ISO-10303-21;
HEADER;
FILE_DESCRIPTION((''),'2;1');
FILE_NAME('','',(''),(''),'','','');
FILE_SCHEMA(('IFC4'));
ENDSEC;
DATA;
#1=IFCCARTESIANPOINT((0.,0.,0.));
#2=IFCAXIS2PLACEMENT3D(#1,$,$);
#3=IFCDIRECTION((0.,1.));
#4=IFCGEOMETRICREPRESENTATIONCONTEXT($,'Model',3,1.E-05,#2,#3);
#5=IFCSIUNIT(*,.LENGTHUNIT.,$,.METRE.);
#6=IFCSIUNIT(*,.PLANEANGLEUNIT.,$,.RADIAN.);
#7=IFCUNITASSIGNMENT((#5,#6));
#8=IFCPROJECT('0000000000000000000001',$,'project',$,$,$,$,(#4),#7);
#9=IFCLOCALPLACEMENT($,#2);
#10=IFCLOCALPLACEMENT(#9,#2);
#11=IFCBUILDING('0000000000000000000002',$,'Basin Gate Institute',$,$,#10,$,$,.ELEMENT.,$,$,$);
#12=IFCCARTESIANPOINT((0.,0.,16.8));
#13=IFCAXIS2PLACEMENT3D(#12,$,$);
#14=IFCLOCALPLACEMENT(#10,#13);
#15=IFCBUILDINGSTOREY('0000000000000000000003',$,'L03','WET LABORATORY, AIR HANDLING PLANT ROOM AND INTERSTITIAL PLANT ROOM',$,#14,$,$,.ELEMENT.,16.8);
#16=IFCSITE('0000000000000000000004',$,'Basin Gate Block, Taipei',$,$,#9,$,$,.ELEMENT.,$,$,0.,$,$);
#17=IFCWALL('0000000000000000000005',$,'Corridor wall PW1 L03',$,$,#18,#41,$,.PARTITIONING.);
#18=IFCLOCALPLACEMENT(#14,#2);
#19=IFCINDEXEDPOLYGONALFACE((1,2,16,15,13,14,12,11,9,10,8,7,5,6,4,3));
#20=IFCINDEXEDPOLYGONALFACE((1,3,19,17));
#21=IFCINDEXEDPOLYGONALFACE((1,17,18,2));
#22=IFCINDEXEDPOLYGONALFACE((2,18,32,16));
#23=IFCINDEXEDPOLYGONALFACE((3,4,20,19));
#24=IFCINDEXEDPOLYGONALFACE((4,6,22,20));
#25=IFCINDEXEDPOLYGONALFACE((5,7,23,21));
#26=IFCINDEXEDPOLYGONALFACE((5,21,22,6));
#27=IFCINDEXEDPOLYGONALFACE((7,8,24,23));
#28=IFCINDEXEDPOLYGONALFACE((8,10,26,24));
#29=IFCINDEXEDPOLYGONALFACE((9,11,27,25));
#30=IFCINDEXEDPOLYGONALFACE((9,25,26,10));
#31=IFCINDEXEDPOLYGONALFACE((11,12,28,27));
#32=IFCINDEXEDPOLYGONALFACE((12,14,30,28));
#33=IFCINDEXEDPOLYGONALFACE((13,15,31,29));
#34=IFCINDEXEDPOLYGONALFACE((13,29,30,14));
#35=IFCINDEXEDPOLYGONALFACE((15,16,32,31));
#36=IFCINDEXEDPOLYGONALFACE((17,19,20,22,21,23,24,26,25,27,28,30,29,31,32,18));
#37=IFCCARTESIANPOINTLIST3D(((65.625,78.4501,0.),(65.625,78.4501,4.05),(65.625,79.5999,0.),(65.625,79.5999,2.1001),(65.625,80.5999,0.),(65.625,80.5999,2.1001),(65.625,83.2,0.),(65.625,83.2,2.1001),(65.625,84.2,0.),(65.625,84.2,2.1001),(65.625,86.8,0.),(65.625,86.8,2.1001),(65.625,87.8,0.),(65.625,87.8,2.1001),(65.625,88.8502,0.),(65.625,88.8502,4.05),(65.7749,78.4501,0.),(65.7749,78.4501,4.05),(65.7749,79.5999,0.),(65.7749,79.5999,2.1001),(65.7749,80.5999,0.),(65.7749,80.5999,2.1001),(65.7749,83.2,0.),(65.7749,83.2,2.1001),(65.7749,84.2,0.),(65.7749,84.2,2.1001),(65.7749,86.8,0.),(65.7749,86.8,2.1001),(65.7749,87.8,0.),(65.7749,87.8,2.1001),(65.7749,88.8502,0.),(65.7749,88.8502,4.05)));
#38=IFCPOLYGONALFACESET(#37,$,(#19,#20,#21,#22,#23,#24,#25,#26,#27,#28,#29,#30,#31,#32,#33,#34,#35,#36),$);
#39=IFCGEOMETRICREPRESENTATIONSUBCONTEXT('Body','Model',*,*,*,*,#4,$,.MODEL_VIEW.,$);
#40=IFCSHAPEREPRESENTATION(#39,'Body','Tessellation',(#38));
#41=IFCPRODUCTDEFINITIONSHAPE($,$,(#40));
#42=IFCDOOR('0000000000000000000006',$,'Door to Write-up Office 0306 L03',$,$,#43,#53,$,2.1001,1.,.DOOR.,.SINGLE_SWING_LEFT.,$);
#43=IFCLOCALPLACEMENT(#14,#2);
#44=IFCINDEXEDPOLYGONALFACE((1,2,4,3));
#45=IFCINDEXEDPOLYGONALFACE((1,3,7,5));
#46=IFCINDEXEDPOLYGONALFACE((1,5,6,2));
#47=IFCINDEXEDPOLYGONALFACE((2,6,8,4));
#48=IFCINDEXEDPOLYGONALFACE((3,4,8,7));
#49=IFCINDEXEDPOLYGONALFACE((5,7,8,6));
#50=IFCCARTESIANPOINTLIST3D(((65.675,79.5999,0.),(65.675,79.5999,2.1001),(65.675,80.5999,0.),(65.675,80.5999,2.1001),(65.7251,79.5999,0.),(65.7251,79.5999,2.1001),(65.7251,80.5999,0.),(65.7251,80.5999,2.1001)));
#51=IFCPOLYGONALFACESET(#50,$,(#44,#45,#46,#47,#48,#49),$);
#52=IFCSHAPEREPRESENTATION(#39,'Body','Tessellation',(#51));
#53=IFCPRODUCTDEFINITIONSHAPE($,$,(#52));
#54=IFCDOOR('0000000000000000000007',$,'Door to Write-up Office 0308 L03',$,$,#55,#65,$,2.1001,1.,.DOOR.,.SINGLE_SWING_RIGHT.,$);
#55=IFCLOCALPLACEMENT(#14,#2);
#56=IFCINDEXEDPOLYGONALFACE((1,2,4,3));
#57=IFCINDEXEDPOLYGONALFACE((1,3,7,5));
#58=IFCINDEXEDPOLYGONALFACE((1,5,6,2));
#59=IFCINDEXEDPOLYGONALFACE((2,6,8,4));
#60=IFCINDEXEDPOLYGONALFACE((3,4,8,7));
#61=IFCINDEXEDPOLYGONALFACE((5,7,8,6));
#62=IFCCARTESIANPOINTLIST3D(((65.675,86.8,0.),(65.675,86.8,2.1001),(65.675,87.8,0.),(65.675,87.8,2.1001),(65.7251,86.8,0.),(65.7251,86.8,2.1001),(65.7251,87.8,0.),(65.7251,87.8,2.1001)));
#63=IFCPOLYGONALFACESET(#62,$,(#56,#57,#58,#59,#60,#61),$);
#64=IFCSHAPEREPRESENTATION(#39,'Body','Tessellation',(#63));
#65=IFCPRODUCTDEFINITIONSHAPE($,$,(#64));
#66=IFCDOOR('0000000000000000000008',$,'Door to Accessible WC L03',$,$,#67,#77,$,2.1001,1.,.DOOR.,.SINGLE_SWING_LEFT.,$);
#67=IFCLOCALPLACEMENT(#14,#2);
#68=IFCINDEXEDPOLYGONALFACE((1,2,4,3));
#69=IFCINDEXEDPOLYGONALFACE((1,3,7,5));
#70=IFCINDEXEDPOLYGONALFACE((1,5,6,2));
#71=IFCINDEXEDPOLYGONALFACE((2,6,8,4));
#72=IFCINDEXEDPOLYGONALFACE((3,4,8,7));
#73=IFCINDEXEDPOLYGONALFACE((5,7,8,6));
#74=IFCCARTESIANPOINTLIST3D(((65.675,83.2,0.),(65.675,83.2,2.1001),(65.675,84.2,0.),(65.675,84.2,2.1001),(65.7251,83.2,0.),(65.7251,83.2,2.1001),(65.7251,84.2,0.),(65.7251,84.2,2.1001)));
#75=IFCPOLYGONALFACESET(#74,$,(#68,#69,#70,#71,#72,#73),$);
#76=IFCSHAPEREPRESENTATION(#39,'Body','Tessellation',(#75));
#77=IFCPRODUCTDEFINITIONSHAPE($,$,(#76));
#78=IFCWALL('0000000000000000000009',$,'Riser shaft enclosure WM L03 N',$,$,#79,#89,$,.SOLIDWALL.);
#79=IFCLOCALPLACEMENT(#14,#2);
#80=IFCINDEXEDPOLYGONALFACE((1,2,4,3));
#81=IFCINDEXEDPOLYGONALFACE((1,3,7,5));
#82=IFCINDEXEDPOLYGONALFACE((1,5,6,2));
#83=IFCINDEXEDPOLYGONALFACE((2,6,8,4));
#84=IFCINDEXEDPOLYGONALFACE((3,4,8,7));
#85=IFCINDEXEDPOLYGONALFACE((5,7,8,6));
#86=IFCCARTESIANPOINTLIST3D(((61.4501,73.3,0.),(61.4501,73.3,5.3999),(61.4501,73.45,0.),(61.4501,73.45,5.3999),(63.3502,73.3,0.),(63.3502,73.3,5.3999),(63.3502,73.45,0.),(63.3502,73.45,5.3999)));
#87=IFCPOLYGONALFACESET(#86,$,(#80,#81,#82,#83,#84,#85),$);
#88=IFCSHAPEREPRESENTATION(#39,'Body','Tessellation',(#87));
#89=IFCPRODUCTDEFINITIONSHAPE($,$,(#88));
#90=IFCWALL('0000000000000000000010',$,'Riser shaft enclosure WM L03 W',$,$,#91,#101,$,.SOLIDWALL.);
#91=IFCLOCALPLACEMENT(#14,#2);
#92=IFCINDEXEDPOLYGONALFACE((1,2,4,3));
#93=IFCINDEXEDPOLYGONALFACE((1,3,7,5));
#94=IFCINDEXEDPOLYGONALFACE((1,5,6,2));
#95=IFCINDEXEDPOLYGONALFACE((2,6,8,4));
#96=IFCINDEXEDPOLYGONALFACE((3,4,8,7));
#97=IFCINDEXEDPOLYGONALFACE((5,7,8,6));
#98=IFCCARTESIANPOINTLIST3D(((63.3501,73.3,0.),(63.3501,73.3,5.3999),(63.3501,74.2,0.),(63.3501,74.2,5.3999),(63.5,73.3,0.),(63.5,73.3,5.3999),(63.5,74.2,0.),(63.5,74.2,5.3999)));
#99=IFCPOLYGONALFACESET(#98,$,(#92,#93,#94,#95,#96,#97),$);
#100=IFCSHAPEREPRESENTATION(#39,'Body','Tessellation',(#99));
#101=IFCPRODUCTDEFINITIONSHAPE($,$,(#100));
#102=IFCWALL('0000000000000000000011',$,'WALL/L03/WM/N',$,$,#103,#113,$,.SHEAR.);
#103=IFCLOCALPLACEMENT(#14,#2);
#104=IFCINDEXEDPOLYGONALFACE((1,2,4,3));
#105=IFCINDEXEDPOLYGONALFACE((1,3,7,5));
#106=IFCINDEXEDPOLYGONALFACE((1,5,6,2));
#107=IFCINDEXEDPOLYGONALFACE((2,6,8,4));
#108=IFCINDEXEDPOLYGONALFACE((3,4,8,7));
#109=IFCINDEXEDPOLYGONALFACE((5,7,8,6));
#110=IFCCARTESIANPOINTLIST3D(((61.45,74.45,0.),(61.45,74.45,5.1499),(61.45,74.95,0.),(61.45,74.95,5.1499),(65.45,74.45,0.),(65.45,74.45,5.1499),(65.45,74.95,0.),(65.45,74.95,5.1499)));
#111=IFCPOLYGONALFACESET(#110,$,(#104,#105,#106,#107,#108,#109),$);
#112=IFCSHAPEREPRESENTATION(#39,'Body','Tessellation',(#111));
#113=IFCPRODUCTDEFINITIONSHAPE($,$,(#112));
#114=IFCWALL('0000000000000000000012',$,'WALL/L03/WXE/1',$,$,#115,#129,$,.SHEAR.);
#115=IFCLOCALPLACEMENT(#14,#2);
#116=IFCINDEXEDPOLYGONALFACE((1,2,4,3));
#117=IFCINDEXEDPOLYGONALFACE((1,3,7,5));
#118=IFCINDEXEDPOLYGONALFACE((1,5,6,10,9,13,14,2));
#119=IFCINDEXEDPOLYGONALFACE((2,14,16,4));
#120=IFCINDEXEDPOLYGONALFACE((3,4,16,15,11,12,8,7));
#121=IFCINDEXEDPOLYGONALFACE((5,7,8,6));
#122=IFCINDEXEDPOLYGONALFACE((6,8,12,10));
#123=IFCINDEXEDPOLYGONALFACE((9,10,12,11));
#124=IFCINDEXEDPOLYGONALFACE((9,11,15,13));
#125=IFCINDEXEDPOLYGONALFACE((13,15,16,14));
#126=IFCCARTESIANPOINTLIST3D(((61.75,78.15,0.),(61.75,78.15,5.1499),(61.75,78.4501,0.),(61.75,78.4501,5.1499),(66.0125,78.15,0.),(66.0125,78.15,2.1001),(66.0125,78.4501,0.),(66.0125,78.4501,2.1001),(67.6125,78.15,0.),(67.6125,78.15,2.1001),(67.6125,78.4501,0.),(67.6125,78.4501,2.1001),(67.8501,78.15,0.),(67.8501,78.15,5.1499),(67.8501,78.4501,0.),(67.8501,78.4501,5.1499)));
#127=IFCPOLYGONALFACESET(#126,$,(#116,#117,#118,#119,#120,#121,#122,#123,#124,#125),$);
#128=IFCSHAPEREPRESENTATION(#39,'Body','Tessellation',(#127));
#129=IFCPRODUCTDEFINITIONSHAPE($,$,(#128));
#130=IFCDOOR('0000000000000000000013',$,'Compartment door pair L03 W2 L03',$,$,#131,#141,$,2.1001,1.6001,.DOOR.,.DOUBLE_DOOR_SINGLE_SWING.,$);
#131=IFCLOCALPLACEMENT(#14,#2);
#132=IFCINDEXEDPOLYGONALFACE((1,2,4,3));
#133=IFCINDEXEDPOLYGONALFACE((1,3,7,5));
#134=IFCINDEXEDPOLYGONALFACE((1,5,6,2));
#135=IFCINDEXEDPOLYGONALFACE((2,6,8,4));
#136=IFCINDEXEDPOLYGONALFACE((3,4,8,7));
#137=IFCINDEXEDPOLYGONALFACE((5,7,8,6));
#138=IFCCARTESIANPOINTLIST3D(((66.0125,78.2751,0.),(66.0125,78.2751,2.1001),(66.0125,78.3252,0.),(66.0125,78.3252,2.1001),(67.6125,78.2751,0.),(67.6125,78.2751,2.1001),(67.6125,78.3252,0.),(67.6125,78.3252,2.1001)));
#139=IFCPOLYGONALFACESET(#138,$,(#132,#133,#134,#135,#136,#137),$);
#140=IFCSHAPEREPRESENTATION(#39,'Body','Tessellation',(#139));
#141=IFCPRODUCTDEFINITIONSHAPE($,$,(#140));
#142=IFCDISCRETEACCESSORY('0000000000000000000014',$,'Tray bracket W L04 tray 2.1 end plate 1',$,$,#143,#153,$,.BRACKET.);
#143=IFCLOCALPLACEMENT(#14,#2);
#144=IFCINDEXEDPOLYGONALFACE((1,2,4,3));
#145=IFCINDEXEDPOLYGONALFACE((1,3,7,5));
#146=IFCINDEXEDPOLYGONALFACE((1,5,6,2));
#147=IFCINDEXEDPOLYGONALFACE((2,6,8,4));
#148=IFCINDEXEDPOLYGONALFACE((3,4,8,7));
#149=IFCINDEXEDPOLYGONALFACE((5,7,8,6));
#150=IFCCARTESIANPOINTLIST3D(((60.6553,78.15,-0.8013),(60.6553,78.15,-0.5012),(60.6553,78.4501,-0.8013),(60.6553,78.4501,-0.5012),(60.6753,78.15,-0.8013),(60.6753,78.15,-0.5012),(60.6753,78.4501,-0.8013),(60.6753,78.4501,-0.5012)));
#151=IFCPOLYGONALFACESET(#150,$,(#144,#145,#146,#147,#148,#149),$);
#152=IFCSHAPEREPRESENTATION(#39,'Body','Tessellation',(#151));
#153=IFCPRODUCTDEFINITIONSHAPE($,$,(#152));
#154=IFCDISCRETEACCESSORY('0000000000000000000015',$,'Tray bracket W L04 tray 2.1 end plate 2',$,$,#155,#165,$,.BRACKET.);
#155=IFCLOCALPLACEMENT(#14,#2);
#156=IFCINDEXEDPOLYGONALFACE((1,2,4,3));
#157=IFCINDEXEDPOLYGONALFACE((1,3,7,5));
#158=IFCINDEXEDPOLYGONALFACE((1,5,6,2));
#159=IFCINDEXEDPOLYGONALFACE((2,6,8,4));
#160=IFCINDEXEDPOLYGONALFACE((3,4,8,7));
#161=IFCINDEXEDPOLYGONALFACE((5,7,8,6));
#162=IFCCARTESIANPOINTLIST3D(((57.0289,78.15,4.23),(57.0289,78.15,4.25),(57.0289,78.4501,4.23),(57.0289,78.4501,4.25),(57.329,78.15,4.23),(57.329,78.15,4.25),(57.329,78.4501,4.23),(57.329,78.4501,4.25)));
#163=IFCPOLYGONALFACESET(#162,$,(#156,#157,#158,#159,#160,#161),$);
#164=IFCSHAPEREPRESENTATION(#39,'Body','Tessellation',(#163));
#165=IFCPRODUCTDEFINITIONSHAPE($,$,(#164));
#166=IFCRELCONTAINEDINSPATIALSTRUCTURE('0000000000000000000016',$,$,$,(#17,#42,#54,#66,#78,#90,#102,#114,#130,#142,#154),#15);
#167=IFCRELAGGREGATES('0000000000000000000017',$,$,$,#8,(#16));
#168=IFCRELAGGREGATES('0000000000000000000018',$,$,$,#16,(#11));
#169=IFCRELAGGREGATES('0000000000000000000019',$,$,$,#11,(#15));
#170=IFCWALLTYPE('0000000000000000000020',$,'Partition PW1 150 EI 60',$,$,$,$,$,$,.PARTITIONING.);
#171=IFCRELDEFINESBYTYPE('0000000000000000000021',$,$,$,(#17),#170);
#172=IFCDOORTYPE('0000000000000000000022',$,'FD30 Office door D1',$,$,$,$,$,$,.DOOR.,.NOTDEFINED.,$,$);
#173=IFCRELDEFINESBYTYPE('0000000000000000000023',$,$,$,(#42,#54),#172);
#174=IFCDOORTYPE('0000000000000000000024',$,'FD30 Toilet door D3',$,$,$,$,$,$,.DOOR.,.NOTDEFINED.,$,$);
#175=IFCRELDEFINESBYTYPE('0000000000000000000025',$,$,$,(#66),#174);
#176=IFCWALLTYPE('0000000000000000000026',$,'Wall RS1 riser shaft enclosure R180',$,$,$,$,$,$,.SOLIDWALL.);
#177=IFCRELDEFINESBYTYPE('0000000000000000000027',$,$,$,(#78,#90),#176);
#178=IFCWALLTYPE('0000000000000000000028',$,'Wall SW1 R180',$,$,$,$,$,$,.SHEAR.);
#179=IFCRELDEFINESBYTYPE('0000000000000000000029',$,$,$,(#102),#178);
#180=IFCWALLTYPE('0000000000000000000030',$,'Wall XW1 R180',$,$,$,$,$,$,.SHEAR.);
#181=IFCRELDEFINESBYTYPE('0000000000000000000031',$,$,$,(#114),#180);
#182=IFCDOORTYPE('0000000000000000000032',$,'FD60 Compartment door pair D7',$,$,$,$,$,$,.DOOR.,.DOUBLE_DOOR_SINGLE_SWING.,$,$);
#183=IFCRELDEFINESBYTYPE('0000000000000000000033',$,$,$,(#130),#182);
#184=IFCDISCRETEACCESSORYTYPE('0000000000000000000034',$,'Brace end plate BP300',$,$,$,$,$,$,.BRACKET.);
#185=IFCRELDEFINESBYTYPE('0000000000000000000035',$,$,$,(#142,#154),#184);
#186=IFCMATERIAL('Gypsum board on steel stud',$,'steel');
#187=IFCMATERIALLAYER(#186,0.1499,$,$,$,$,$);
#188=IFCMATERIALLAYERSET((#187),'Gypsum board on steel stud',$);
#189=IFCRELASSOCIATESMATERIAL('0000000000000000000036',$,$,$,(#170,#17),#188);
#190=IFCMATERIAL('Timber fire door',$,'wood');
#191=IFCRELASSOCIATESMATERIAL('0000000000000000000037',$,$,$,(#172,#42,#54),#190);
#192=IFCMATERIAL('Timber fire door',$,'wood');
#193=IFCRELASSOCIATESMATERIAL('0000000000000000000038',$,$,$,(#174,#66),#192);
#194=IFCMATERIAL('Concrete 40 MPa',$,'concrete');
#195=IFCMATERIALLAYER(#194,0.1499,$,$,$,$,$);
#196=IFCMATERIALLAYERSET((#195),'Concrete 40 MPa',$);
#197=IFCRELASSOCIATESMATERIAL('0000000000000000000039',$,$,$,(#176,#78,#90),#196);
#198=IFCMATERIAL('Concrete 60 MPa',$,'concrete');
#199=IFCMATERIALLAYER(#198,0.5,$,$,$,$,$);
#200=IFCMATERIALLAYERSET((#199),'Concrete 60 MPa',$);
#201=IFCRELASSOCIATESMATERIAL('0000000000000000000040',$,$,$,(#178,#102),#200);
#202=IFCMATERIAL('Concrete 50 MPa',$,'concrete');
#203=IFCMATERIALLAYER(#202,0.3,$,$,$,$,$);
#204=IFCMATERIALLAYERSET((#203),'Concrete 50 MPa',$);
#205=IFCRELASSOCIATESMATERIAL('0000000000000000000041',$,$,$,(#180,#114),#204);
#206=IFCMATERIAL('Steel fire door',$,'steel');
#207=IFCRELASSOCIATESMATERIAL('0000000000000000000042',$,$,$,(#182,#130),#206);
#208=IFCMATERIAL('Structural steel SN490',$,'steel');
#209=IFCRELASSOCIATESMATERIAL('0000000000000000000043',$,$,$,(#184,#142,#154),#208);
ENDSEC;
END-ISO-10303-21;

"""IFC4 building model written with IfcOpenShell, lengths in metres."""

from ifc_helpers import new_model, si_unit, direction, frame, frame_2d, origin, origin_2d, place, context, subcontext, project, spatial, rectangle, extrude, material, layer, layer_set, type_object, element, fill, save


model = new_model("IFC4")

# Units and contexts
model_context = context("Model", 3, precision=1e-05, world=origin(), true_north=direction((0.0, 1.0)))
body_context = subcontext(model_context, "Body", "Model", "MODEL_VIEW")
ifc_project = project(units=[si_unit("LENGTHUNIT", "METRE"), si_unit("PLANEANGLEUNIT", "RADIAN")], contexts=[model_context])

# Site, building, storey
site_placement = place(None, origin())
site = spatial("IfcSite", under=ifc_project, at=site_placement, Name="Basin Gate Block, Taipei", CompositionType="ELEMENT", RefElevation=0.0)
building_placement = place(site_placement, origin())
building = spatial("IfcBuilding", under=site, at=building_placement, Name="Basin Gate Institute", CompositionType="ELEMENT")
storey_placement = place(building_placement, frame((0.0, 0.0, 16.8)))
storey = spatial("IfcBuildingStorey", under=building, at=storey_placement, Name="L03", Description="WET LABORATORY, AIR HANDLING PLANT ROOM AND INTERSTITIAL PLANT ROOM", CompositionType="ELEMENT", Elevation=16.8)

# Shared definitions
ifc_material_1 = material(Name="Gypsum board on steel stud", Category="steel")
ifc_layer_1 = layer(ifc_material_1, 0.1499)
ifc_layer_set_1 = layer_set([ifc_layer_1], Name="Gypsum board on steel stud")
wall_type_1 = type_object("IfcWallType", Name="Partition PW1 150 EI 60", PredefinedType="PARTITIONING", material=ifc_layer_set_1)
ifc_material_2 = material(Name="Timber fire door", Category="wood")
door_type_1 = type_object("IfcDoorType", Name="FD30 Office door D1", OperationType="NOTDEFINED", PredefinedType="DOOR", material=ifc_material_2)

# Wall, openings, doors
wall_1_placement = place(storey_placement, frame((65.7, 78.45, 0.0), z_axis=(0.0, 0.0, 1.0), x_axis=(0.0, 1.0, 0.0)))
wall_1 = element("IfcWall", 1, at=wall_1_placement, inside=storey, type_object=wall_type_1, material=ifc_layer_set_1, Name="Corridor wall PW1 L03", PredefinedType="PARTITIONING", context=body_context, shape_type="SweptSolid", body=[
    extrude(rectangle(XDim=10.4001, YDim=0.1499, at=frame_2d((5.2002, 0.0))), origin(), (0.0, 0.0, 1.0), 4.05),
])
opening_1_placement = place(wall_1_placement, frame((4.75, 0.0, 0.0)))
opening_1 = element("IfcOpeningElement", 2, at=opening_1_placement, cuts=wall_1, PredefinedType="OPENING", context=body_context, shape_type="SweptSolid", body=[
    extrude(rectangle(XDim=1.0, YDim=2.1001, at=frame_2d((0.5, 1.05))), frame((0.0, 0.085, 0.0), z_axis=(0.0, -1.0, 0.0), x_axis=(1.0, 0.0, 0.0)), (0.0, 0.0, 1.0), 0.1699),
])
opening_2_placement = place(wall_1_placement, frame((1.1499, 0.0, 0.0)))
opening_2 = element("IfcOpeningElement", 3, at=opening_2_placement, cuts=wall_1, PredefinedType="OPENING", context=body_context, shape_type="SweptSolid", body=[
    extrude(rectangle(XDim=1.0, YDim=2.1001, at=frame_2d((0.5, 1.05))), frame((0.0, 0.085, 0.0), z_axis=(0.0, -1.0, 0.0), x_axis=(1.0, 0.0, 0.0)), (0.0, 0.0, 1.0), 0.1699),
])
opening_3_placement = place(wall_1_placement, frame((8.3501, 0.0, 0.0)))
opening_3 = element("IfcOpeningElement", 4, at=opening_3_placement, cuts=wall_1, PredefinedType="OPENING", context=body_context, shape_type="SweptSolid", body=[
    extrude(rectangle(XDim=1.0, YDim=2.1001, at=frame_2d((0.5, 1.05))), frame((0.0, 0.085, 0.0), z_axis=(0.0, -1.0, 0.0), x_axis=(1.0, 0.0, 0.0)), (0.0, 0.0, 1.0), 0.1699),
])
door_1_placement = place(opening_2_placement, origin())
door_1 = element("IfcDoor", 5, at=door_1_placement, inside=storey, type_object=door_type_1, material=ifc_material_2, Name="Door to Write-up Office 0306 L03", OperationType="SINGLE_SWING_LEFT", OverallHeight=2.1001, OverallWidth=1.0, PredefinedType="DOOR", context=body_context, shape_type="SweptSolid", body=[
    extrude(rectangle(XDim=1.0, YDim=2.1001, at=frame_2d((0.5, 1.05))), frame((0.0, 0.0249, 0.0), z_axis=(0.0, -1.0, 0.0), x_axis=(1.0, 0.0, 0.0)), (0.0, 0.0, 1.0), 0.05),
])
fill(opening_2, door_1)
door_2_placement = place(opening_3_placement, origin())
door_2 = element("IfcDoor", 6, at=door_2_placement, inside=storey, type_object=door_type_1, material=ifc_material_2, Name="Door to Write-up Office 0308 L03", OperationType="SINGLE_SWING_RIGHT", OverallHeight=2.1001, OverallWidth=1.0, PredefinedType="DOOR", context=body_context, shape_type="SweptSolid", body=[
    extrude(rectangle(XDim=1.0, YDim=2.1001, at=frame_2d((0.5, 1.05))), frame((0.0, 0.0249, 0.0), z_axis=(0.0, -1.0, 0.0), x_axis=(1.0, 0.0, 0.0)), (0.0, 0.0, 1.0), 0.05),
])
fill(opening_3, door_2)
ifc_material_3 = material(Name="Timber fire door", Category="wood")
door_type_2 = type_object("IfcDoorType", Name="FD30 Toilet door D3", OperationType="NOTDEFINED", PredefinedType="DOOR", material=ifc_material_3)
door_3_placement = place(opening_1_placement, origin())
door_3 = element("IfcDoor", 7, at=door_3_placement, inside=storey, type_object=door_type_2, material=ifc_material_3, Name="Door to Accessible WC L03", OperationType="SINGLE_SWING_LEFT", OverallHeight=2.1001, OverallWidth=1.0, PredefinedType="DOOR", context=body_context, shape_type="SweptSolid", body=[
    extrude(rectangle(XDim=1.0, YDim=2.1001, at=frame_2d((0.5, 1.05))), frame((0.0, 0.0249, 0.0), z_axis=(0.0, -1.0, 0.0), x_axis=(1.0, 0.0, 0.0)), (0.0, 0.0, 1.0), 0.05),
])
fill(opening_1, door_3)

# Walls
ifc_material_4 = material(Name="Concrete 40 MPa", Category="concrete")
ifc_layer_2 = layer(ifc_material_4, 0.1499)
ifc_layer_set_2 = layer_set([ifc_layer_2], Name="Concrete 40 MPa")
wall_type_2 = type_object("IfcWallType", Name="Wall RS1 riser shaft enclosure R180", PredefinedType="SOLIDWALL", material=ifc_layer_set_2)
wall_2_placement = place(storey_placement, frame((61.45, 73.375, 0.0), z_axis=(0.0, 0.0, 1.0), x_axis=(1.0, 0.0, 0.0)))
element("IfcWall", 8, at=wall_2_placement, inside=storey, type_object=wall_type_2, material=ifc_layer_set_2, Name="Riser shaft enclosure WM L03 N", PredefinedType="SOLIDWALL", context=body_context, shape_type="SweptSolid", body=[
    extrude(rectangle(XDim=1.9001, YDim=0.1499, at=frame_2d((0.9502, 0.0))), origin(), (0.0, 0.0, 1.0), 5.3999),
])
wall_3_placement = place(storey_placement, frame((63.425, 73.3, 0.0), z_axis=(0.0, 0.0, 1.0), x_axis=(0.0, 1.0, 0.0)))
element("IfcWall", 9, at=wall_3_placement, inside=storey, type_object=wall_type_2, material=ifc_layer_set_2, Name="Riser shaft enclosure WM L03 W", PredefinedType="SOLIDWALL", context=body_context, shape_type="SweptSolid", body=[
    extrude(rectangle(XDim=0.8999, YDim=0.1499, at=frame_2d((0.45, 0.0))), origin(), (0.0, 0.0, 1.0), 5.3999),
])
ifc_material_5 = material(Name="Concrete 60 MPa", Category="concrete")
ifc_layer_3 = layer(ifc_material_5, 0.5)
ifc_layer_set_3 = layer_set([ifc_layer_3], Name="Concrete 60 MPa")
wall_type_3 = type_object("IfcWallType", Name="Wall SW1 R180", PredefinedType="SHEAR", material=ifc_layer_set_3)
wall_4_placement = place(storey_placement, frame((61.45, 74.7, 0.0), z_axis=(0.0, 0.0, 1.0), x_axis=(1.0, 0.0, 0.0)))
element("IfcWall", 10, at=wall_4_placement, inside=storey, type_object=wall_type_3, material=ifc_layer_set_3, Name="WALL/L03/WM/N", PredefinedType="SHEAR", context=body_context, shape_type="SweptSolid", body=[
    extrude(rectangle(XDim=4.0, YDim=0.5, at=frame_2d((2.0, 0.0))), origin(), (0.0, 0.0, 1.0), 5.1499),
])

# Wall, opening, door
ifc_material_6 = material(Name="Concrete 50 MPa", Category="concrete")
ifc_layer_4 = layer(ifc_material_6, 0.3)
ifc_layer_set_4 = layer_set([ifc_layer_4], Name="Concrete 50 MPa")
wall_type_4 = type_object("IfcWallType", Name="Wall XW1 R180", PredefinedType="SHEAR", material=ifc_layer_set_4)
wall_5_placement = place(storey_placement, frame((61.75, 78.3, 0.0), z_axis=(0.0, 0.0, 1.0), x_axis=(1.0, 0.0, 0.0)))
wall_5 = element("IfcWall", 11, at=wall_5_placement, inside=storey, type_object=wall_type_4, material=ifc_layer_set_4, Name="WALL/L03/WXE/1", PredefinedType="SHEAR", context=body_context, shape_type="SweptSolid", body=[
    extrude(rectangle(XDim=6.1001, YDim=0.3, at=frame_2d((3.05, 0.0))), origin(), (0.0, 0.0, 1.0), 5.1499),
])
opening_4_placement = place(wall_5_placement, frame((4.2625, 0.0, 0.0)))
opening_4 = element("IfcOpeningElement", 12, at=opening_4_placement, cuts=wall_5, PredefinedType="OPENING", context=body_context, shape_type="SweptSolid", body=[
    extrude(rectangle(XDim=1.6001, YDim=2.1001, at=frame_2d((0.8, 1.05))), frame((0.0, 0.1602, 0.0), z_axis=(0.0, -1.0, 0.0), x_axis=(1.0, 0.0, 0.0)), (0.0, 0.0, 1.0), 0.3201),
])
ifc_material_7 = material(Name="Steel fire door", Category="steel")
door_type_3 = type_object("IfcDoorType", Name="FD60 Compartment door pair D7", OperationType="DOUBLE_DOOR_SINGLE_SWING", PredefinedType="DOOR", material=ifc_material_7)
door_4_placement = place(opening_4_placement, frame((1.6001, 0.0, 0.0), z_axis=(0.0, 0.0, 1.0), x_axis=(-1.0, 0.0, 0.0)))
door_4 = element("IfcDoor", 13, at=door_4_placement, inside=storey, type_object=door_type_3, material=ifc_material_7, Name="Compartment door pair L03 W2 L03", OperationType="DOUBLE_DOOR_SINGLE_SWING", OverallHeight=2.1001, OverallWidth=1.6001, PredefinedType="DOOR", context=body_context, shape_type="SweptSolid", body=[
    extrude(rectangle(XDim=1.6001, YDim=2.1001, at=frame_2d((0.8, 1.05))), frame((0.0, 0.0249, 0.0), z_axis=(0.0, -1.0, 0.0), x_axis=(1.0, 0.0, 0.0)), (0.0, 0.0, 1.0), 0.05),
])
fill(opening_4, door_4)

# Discrete accessories
ifc_material_8 = material(Name="Structural steel SN490", Category="steel")
discrete_accessory_type = type_object("IfcDiscreteAccessoryType", Name="Brace end plate BP300", PredefinedType="BRACKET", material=ifc_material_8)
discrete_accessory_1_placement = place(storey_placement, frame((60.6653, 78.3, -0.8013), z_axis=(0.0, 0.0, 1.0), x_axis=(1.0, 0.0, 0.0)))
element("IfcDiscreteAccessory", 14, at=discrete_accessory_1_placement, inside=storey, type_object=discrete_accessory_type, material=ifc_material_8, Name="Tray bracket W L04 tray 2.1 end plate 1", PredefinedType="BRACKET", context=body_context, shape_type="SweptSolid", body=[
    extrude(rectangle(XDim=0.02, YDim=0.3, at=origin_2d()), origin(), (0.0, 0.0, 1.0), 0.3),
])
discrete_accessory_2_placement = place(storey_placement, frame((57.179, 78.3, 4.23), z_axis=(0.0, 0.0, 1.0), x_axis=(1.0, 0.0, 0.0)))
element("IfcDiscreteAccessory", 15, at=discrete_accessory_2_placement, inside=storey, type_object=discrete_accessory_type, material=ifc_material_8, Name="Tray bracket W L04 tray 2.1 end plate 2", PredefinedType="BRACKET", context=body_context, shape_type="SweptSolid", body=[
    extrude(rectangle(XDim=0.3, YDim=0.3, at=origin_2d()), origin(), (0.0, 0.0, 1.0), 0.02),
])

save(model, "model.ifc")
